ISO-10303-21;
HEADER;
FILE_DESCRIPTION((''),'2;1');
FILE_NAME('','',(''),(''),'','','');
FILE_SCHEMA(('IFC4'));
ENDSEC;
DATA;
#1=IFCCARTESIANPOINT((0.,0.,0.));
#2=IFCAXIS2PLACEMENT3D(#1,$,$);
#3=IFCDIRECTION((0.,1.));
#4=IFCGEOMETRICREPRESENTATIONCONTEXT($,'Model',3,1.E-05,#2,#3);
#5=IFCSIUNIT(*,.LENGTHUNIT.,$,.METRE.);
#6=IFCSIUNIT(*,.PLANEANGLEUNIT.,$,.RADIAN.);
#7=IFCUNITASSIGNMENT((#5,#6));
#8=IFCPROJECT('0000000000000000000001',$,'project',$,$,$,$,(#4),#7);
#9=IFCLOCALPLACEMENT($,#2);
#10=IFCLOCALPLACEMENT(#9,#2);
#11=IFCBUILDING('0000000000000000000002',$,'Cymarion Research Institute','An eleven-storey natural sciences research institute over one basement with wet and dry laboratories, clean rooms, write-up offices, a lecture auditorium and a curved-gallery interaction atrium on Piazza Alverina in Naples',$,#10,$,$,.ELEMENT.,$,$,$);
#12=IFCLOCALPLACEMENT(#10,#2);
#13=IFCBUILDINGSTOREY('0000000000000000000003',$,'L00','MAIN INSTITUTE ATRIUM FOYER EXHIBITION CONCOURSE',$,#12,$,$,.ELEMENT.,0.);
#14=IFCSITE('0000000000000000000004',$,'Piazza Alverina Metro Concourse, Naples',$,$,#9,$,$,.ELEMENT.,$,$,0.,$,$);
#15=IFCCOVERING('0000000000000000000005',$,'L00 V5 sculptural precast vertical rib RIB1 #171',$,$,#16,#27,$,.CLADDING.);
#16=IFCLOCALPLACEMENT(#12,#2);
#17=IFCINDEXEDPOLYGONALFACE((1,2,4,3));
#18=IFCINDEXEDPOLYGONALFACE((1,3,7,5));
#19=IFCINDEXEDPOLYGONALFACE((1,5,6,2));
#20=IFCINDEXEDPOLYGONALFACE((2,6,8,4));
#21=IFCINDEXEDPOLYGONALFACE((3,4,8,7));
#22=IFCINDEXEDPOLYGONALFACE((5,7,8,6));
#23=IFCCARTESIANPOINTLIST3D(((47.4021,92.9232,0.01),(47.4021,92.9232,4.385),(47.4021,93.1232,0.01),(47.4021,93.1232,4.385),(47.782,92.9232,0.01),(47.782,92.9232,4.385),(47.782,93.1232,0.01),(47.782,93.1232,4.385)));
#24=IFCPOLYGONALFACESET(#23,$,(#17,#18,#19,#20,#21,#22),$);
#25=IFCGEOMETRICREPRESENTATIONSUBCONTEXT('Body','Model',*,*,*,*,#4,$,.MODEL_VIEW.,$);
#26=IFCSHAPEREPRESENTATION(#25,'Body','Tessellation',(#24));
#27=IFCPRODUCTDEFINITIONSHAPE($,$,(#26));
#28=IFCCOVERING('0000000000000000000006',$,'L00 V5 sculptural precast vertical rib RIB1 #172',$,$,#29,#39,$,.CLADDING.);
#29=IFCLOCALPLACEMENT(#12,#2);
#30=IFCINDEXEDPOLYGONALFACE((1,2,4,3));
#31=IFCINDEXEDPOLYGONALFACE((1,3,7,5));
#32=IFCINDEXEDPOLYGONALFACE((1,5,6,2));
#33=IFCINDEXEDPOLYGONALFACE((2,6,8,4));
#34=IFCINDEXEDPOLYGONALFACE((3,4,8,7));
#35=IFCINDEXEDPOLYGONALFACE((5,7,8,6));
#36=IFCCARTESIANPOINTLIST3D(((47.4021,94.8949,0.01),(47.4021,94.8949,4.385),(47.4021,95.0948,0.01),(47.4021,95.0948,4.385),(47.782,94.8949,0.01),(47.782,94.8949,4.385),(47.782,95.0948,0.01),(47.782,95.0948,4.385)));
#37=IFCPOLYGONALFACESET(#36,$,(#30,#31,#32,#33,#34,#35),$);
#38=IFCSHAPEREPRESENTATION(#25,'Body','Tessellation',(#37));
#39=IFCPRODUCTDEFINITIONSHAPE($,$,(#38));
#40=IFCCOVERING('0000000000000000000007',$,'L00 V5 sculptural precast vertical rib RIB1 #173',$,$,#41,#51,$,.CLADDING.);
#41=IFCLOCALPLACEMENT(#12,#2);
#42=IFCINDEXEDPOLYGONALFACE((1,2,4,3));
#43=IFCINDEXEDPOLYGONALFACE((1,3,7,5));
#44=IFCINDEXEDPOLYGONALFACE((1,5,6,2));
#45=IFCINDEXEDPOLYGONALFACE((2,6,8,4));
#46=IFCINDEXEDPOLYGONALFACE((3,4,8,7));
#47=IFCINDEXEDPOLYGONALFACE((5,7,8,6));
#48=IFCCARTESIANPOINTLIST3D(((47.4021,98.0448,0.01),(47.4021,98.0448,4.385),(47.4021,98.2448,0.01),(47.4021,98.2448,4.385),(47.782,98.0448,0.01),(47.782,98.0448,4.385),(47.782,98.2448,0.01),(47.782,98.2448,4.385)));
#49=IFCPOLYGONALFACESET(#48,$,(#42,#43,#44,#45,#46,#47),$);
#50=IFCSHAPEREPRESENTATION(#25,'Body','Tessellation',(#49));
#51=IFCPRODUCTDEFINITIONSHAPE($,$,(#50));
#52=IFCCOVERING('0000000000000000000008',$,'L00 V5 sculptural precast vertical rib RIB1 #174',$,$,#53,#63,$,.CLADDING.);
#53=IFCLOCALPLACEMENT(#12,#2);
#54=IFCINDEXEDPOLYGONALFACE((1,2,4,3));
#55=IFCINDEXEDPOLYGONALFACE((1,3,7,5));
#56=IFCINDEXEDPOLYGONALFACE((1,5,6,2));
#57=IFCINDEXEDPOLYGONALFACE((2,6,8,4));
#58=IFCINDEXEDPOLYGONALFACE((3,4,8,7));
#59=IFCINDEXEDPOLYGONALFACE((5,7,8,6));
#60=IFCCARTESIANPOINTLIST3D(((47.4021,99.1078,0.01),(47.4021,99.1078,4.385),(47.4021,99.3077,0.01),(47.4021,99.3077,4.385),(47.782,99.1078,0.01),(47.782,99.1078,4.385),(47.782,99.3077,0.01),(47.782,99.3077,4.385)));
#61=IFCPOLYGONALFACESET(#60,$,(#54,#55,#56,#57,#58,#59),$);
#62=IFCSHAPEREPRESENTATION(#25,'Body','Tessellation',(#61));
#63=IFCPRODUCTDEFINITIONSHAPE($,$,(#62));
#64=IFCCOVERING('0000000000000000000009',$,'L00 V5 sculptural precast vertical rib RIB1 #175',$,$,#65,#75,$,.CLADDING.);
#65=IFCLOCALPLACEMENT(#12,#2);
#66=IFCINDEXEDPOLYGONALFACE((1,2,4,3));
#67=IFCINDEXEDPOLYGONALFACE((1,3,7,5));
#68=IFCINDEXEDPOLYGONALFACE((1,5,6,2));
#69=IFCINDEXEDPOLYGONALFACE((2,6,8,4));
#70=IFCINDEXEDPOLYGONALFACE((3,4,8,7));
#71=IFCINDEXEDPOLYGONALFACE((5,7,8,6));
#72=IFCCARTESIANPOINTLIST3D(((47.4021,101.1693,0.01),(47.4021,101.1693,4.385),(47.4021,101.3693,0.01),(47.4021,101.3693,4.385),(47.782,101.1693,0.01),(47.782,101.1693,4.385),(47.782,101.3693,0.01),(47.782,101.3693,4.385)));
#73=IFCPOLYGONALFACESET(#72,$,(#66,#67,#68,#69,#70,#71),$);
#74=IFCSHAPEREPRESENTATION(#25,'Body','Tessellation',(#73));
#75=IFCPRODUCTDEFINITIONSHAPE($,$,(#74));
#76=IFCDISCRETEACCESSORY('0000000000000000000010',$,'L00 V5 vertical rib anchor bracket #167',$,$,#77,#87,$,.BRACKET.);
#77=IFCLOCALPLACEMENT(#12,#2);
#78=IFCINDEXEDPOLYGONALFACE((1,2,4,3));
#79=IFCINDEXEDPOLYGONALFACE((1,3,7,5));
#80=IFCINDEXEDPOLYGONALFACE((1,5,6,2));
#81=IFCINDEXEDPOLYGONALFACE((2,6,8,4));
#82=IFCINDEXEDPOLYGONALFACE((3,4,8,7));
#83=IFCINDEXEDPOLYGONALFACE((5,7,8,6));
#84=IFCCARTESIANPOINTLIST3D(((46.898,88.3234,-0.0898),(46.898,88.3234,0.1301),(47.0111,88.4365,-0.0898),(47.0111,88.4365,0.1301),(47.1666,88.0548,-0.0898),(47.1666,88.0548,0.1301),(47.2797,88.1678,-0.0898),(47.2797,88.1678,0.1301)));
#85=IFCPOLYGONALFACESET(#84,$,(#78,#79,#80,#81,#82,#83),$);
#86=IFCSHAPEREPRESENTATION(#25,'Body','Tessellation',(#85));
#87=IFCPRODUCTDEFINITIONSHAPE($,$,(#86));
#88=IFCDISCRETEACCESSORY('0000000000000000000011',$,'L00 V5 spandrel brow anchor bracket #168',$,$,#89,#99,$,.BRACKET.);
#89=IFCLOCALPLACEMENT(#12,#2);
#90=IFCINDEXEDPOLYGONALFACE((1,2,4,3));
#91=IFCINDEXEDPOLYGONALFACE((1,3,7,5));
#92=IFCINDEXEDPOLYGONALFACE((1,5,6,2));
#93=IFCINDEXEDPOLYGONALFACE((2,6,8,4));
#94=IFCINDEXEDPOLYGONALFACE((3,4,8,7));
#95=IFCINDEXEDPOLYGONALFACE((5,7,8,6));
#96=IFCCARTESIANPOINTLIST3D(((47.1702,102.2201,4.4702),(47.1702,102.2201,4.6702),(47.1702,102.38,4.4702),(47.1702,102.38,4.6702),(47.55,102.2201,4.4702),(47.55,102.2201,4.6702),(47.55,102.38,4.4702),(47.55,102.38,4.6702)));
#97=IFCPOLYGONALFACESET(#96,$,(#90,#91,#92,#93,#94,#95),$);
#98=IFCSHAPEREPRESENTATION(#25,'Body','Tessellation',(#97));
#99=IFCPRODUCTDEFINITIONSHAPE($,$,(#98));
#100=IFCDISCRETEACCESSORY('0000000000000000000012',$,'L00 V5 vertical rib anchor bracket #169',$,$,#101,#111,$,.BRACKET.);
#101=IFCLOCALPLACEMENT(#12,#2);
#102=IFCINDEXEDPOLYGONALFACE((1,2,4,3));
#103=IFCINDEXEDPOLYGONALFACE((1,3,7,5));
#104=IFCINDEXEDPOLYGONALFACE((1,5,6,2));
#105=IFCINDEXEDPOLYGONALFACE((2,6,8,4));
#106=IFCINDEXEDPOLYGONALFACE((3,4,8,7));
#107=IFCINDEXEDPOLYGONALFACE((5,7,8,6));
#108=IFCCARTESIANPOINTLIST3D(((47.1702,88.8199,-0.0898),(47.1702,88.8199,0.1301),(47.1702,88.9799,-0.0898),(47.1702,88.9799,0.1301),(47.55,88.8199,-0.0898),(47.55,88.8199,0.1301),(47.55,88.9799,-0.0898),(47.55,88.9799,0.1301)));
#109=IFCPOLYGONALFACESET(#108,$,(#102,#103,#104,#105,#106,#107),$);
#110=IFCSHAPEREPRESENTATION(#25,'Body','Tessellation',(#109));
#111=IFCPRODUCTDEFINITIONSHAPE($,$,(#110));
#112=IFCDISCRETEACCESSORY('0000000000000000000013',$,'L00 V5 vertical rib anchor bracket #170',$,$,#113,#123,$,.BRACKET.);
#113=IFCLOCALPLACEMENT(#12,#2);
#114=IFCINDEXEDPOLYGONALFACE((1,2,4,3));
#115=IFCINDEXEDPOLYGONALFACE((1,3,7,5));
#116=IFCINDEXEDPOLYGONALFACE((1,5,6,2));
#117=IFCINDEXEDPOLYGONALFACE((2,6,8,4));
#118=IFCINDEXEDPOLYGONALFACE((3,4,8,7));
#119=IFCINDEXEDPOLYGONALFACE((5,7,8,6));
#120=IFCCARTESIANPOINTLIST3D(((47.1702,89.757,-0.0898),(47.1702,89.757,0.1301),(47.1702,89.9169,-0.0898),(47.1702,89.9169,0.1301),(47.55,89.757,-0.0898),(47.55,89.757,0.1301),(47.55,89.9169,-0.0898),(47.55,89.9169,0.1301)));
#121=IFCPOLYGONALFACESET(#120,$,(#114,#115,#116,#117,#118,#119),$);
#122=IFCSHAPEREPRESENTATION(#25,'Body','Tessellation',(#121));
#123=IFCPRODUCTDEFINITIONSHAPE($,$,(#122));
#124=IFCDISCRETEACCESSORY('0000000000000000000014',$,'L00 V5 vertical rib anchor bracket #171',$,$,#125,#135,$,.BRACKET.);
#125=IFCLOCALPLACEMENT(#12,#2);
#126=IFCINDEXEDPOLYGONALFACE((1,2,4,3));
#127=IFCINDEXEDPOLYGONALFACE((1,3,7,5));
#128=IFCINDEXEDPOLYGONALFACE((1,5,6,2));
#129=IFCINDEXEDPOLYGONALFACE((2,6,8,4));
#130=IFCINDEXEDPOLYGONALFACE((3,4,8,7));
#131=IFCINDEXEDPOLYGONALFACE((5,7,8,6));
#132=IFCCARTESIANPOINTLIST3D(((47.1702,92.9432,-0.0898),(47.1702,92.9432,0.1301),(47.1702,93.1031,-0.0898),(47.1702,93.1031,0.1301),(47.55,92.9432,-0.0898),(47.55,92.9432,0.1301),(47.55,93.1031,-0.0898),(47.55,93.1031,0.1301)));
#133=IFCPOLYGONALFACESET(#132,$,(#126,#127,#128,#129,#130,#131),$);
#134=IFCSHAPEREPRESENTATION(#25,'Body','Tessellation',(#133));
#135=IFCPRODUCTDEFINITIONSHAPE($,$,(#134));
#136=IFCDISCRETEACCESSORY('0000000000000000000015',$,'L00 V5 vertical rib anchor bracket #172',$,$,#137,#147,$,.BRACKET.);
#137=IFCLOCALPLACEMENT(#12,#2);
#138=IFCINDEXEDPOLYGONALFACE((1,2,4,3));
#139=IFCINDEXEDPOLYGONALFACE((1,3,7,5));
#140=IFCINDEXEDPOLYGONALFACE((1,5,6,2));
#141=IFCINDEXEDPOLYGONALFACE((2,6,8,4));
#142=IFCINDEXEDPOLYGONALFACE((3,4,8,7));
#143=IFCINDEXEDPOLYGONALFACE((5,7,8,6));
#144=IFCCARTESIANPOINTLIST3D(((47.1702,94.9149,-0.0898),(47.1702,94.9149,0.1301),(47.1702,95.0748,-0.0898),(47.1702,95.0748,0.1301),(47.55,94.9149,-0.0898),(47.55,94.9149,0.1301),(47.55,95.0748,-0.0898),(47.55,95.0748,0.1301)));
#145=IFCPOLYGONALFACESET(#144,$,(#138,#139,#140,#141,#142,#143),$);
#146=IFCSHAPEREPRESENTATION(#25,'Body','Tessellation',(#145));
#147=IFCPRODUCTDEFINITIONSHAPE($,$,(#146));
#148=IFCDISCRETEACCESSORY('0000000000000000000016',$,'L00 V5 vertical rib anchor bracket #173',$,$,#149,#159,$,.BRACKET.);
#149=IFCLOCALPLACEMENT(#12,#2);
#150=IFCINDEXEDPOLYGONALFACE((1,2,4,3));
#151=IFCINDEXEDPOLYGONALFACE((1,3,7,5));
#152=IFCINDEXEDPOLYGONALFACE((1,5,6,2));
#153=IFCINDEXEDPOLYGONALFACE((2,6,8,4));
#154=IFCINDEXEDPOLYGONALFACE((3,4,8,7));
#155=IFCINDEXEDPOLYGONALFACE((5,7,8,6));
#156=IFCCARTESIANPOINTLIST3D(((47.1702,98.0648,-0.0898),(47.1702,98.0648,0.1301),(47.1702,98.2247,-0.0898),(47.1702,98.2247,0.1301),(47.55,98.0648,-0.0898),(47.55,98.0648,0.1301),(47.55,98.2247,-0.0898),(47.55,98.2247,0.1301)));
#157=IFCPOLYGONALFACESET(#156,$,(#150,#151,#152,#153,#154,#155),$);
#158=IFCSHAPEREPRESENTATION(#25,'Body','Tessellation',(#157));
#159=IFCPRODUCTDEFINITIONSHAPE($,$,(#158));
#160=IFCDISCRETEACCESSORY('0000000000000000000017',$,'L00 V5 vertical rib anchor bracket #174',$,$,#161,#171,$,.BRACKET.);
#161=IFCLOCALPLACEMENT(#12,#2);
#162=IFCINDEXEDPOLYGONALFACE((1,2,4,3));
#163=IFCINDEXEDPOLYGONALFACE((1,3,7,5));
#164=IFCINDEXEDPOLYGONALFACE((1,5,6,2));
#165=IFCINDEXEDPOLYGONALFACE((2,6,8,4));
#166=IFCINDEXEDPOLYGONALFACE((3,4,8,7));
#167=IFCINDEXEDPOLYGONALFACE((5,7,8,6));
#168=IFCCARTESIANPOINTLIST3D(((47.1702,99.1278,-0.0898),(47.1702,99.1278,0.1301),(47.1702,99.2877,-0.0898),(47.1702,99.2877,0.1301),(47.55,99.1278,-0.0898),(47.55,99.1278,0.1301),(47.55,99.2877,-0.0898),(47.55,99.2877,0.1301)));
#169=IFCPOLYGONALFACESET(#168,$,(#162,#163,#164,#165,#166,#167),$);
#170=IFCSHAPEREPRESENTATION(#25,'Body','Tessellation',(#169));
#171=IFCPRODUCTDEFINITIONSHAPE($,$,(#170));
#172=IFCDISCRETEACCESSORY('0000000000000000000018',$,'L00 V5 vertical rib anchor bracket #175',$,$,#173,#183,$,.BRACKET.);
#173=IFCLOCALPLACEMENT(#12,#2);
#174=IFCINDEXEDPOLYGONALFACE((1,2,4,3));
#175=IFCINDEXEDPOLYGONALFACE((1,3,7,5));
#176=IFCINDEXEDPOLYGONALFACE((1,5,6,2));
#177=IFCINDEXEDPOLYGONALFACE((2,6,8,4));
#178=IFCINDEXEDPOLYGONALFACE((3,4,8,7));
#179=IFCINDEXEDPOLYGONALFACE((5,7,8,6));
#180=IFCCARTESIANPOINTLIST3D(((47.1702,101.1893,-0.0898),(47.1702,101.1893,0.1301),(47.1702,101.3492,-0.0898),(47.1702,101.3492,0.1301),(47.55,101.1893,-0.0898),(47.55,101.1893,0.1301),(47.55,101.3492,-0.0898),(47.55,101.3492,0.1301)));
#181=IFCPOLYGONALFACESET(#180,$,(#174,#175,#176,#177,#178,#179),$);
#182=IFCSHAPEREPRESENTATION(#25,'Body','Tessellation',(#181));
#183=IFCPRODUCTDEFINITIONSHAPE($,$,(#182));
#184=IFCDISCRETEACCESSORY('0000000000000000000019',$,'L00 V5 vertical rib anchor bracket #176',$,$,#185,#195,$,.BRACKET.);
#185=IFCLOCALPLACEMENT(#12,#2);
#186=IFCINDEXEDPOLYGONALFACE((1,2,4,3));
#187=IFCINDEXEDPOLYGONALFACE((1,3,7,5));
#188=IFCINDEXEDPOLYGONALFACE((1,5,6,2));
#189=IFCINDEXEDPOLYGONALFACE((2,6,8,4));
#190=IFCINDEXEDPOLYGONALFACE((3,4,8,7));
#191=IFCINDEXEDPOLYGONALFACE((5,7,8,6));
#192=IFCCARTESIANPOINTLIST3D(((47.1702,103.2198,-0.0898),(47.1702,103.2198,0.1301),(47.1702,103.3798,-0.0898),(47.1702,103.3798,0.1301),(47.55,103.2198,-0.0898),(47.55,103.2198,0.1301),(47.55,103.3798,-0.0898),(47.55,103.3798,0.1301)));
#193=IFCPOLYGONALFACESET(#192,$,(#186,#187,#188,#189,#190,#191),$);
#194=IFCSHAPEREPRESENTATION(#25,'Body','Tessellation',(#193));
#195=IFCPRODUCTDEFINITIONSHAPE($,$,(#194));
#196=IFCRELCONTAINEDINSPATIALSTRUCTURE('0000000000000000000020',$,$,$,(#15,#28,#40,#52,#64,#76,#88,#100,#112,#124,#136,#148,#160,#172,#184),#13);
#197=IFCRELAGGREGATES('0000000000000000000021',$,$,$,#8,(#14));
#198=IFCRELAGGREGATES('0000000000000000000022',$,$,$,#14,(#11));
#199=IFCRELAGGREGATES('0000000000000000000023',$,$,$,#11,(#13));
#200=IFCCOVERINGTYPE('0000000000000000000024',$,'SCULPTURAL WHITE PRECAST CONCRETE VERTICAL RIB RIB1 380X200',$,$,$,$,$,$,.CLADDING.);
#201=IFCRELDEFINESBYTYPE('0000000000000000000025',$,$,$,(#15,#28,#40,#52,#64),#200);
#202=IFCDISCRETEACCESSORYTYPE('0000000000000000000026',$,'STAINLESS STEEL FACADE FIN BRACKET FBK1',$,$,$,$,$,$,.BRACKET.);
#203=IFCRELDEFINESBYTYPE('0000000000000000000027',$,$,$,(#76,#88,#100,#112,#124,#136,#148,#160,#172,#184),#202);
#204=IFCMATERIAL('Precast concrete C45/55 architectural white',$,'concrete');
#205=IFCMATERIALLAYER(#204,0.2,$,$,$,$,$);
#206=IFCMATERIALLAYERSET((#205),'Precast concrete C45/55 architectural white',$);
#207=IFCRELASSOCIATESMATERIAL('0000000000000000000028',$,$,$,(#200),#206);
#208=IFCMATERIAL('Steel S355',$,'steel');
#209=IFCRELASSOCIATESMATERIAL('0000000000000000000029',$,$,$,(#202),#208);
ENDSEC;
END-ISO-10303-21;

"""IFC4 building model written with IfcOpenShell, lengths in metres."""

from ifc_helpers import new_model, si_unit, direction, frame, origin, origin_2d, place, context, subcontext, project, spatial, rectangle, extrude, material, layer, layer_set, type_object, element, save


model = new_model("IFC4")

# Units and contexts
model_context = context("Model", 3, precision=1e-05, world=origin(), true_north=direction((0.0, 1.0)))
body_context = subcontext(model_context, "Body", "Model", "MODEL_VIEW")
ifc_project = project(units=[si_unit("LENGTHUNIT", "METRE"), si_unit("PLANEANGLEUNIT", "RADIAN")], contexts=[model_context])

# Site, building, storey
site_placement = place(None, origin())
site = spatial("IfcSite", under=ifc_project, at=site_placement, Name="Piazza Alverina Metro Concourse, Naples", CompositionType="ELEMENT", RefElevation=0.0)
building_placement = place(site_placement, origin())
building = spatial("IfcBuilding", under=site, at=building_placement, Name="Cymarion Research Institute", Description="An eleven-storey natural sciences research institute over one basement with wet and dry laboratories, clean rooms, write-up offices, a lecture auditorium and a curved-gallery interaction atrium on Piazza Alverina in Naples", CompositionType="ELEMENT")
storey_placement = place(building_placement, origin())
storey = spatial("IfcBuildingStorey", under=building, at=storey_placement, Name="L00", Description="MAIN INSTITUTE ATRIUM FOYER EXHIBITION CONCOURSE", CompositionType="ELEMENT", Elevation=0.0)

# Shared definitions
ifc_material_1 = material(Name="Steel S355", Category="steel")

# Coverings
ifc_material_2 = material(Name="Precast concrete C45/55 architectural white", Category="concrete")
ifc_layer_1 = layer(ifc_material_2, 0.2)
ifc_layer_set_1 = layer_set([ifc_layer_1], Name="Precast concrete C45/55 architectural white")
covering_type_1 = type_object("IfcCoveringType", Name="SCULPTURAL WHITE PRECAST CONCRETE VERTICAL RIB RIB1 380X200", PredefinedType="CLADDING", material=ifc_layer_set_1)
for number, where, z_axis, x_axis, name in (
    (1, (47.592, 93.0232, 0.01), (0.0, 0.0, 1.0), (1.0, 0.0, 0.0), "L00 V5 sculptural precast vertical rib RIB1 #171"),
    (2, (47.592, 94.9949, 0.01), (0.0, 0.0, 1.0), (1.0, 0.0, 0.0), "L00 V5 sculptural precast vertical rib RIB1 #172"),
    (3, (47.592, 98.1448, 0.01), (0.0, 0.0, 1.0), (1.0, 0.0, 0.0), "L00 V5 sculptural precast vertical rib RIB1 #173"),
    (4, (47.592, 99.2078, 0.01), (0.0, 0.0, 1.0), (1.0, 0.0, 0.0), "L00 V5 sculptural precast vertical rib RIB1 #174"),
    (5, (47.592, 101.2693, 0.01), (0.0, 0.0, 1.0), (1.0, 0.0, 0.0), "L00 V5 sculptural precast vertical rib RIB1 #175"),
):
    element("IfcCovering", number, at=place(storey_placement, frame(where, z_axis=z_axis, x_axis=x_axis)), inside=storey, type_object=covering_type_1, Name=name, PredefinedType="CLADDING", context=body_context, shape_type="SweptSolid", body=[
        extrude(rectangle(XDim=0.3799, YDim=0.2, at=origin_2d()), origin(), (0.0, 0.0, 1.0), 4.375),
    ])

# Discrete accessories
discrete_accessory_type = type_object("IfcDiscreteAccessoryType", Name="STAINLESS STEEL FACADE FIN BRACKET FBK1", PredefinedType="BRACKET", material=ifc_material_1)
discrete_accessory_1_placement = place(storey_placement, frame((47.0889, 88.2456, -0.0898), z_axis=(0.0, 0.0, 1.0), x_axis=(0.707107, -0.707107, 0.0)))
element("IfcDiscreteAccessory", 6, at=discrete_accessory_1_placement, inside=storey, type_object=discrete_accessory_type, Name="L00 V5 vertical rib anchor bracket #167", PredefinedType="BRACKET", context=body_context, shape_type="SweptSolid", body=[
    extrude(rectangle(XDim=0.3799, YDim=0.1599, at=origin_2d()), origin(), (0.0, 0.0, 1.0), 0.22),
])
discrete_accessory_2_placement = place(storey_placement, frame((47.3601, 102.3, 4.4702), z_axis=(0.0, 0.0, 1.0), x_axis=(1.0, 0.0, 0.0)))
element("IfcDiscreteAccessory", 7, at=discrete_accessory_2_placement, inside=storey, type_object=discrete_accessory_type, Name="L00 V5 spandrel brow anchor bracket #168", PredefinedType="BRACKET", context=body_context, shape_type="SweptSolid", body=[
    extrude(rectangle(XDim=0.3799, YDim=0.1599, at=origin_2d()), origin(), (0.0, 0.0, 1.0), 0.2),
])
for number, where, z_axis, x_axis, name in (
    (8, (47.3601, 88.8999, -0.0898), (0.0, 0.0, 1.0), (1.0, 0.0, 0.0), "L00 V5 vertical rib anchor bracket #169"),
    (9, (47.3601, 89.8369, -0.0898), (0.0, 0.0, 1.0), (1.0, 0.0, 0.0), "L00 V5 vertical rib anchor bracket #170"),
    (10, (47.3601, 93.0232, -0.0898), (0.0, 0.0, 1.0), (1.0, 0.0, 0.0), "L00 V5 vertical rib anchor bracket #171"),
    (11, (47.3601, 94.9949, -0.0898), (0.0, 0.0, 1.0), (1.0, 0.0, 0.0), "L00 V5 vertical rib anchor bracket #172"),
    (12, (47.3601, 98.1448, -0.0898), (0.0, 0.0, 1.0), (1.0, 0.0, 0.0), "L00 V5 vertical rib anchor bracket #173"),
    (13, (47.3601, 99.2078, -0.0898), (0.0, 0.0, 1.0), (1.0, 0.0, 0.0), "L00 V5 vertical rib anchor bracket #174"),
    (14, (47.3601, 101.2693, -0.0898), (0.0, 0.0, 1.0), (1.0, 0.0, 0.0), "L00 V5 vertical rib anchor bracket #175"),
    (15, (47.3601, 103.2998, -0.0898), (0.0, 0.0, 1.0), (1.0, 0.0, 0.0), "L00 V5 vertical rib anchor bracket #176"),
):
    element("IfcDiscreteAccessory", number, at=place(storey_placement, frame(where, z_axis=z_axis, x_axis=x_axis)), inside=storey, type_object=discrete_accessory_type, Name=name, PredefinedType="BRACKET", context=body_context, shape_type="SweptSolid", body=[
        extrude(rectangle(XDim=0.3799, YDim=0.1599, at=origin_2d()), origin(), (0.0, 0.0, 1.0), 0.22),
    ])

save(model, "model.ifc")
